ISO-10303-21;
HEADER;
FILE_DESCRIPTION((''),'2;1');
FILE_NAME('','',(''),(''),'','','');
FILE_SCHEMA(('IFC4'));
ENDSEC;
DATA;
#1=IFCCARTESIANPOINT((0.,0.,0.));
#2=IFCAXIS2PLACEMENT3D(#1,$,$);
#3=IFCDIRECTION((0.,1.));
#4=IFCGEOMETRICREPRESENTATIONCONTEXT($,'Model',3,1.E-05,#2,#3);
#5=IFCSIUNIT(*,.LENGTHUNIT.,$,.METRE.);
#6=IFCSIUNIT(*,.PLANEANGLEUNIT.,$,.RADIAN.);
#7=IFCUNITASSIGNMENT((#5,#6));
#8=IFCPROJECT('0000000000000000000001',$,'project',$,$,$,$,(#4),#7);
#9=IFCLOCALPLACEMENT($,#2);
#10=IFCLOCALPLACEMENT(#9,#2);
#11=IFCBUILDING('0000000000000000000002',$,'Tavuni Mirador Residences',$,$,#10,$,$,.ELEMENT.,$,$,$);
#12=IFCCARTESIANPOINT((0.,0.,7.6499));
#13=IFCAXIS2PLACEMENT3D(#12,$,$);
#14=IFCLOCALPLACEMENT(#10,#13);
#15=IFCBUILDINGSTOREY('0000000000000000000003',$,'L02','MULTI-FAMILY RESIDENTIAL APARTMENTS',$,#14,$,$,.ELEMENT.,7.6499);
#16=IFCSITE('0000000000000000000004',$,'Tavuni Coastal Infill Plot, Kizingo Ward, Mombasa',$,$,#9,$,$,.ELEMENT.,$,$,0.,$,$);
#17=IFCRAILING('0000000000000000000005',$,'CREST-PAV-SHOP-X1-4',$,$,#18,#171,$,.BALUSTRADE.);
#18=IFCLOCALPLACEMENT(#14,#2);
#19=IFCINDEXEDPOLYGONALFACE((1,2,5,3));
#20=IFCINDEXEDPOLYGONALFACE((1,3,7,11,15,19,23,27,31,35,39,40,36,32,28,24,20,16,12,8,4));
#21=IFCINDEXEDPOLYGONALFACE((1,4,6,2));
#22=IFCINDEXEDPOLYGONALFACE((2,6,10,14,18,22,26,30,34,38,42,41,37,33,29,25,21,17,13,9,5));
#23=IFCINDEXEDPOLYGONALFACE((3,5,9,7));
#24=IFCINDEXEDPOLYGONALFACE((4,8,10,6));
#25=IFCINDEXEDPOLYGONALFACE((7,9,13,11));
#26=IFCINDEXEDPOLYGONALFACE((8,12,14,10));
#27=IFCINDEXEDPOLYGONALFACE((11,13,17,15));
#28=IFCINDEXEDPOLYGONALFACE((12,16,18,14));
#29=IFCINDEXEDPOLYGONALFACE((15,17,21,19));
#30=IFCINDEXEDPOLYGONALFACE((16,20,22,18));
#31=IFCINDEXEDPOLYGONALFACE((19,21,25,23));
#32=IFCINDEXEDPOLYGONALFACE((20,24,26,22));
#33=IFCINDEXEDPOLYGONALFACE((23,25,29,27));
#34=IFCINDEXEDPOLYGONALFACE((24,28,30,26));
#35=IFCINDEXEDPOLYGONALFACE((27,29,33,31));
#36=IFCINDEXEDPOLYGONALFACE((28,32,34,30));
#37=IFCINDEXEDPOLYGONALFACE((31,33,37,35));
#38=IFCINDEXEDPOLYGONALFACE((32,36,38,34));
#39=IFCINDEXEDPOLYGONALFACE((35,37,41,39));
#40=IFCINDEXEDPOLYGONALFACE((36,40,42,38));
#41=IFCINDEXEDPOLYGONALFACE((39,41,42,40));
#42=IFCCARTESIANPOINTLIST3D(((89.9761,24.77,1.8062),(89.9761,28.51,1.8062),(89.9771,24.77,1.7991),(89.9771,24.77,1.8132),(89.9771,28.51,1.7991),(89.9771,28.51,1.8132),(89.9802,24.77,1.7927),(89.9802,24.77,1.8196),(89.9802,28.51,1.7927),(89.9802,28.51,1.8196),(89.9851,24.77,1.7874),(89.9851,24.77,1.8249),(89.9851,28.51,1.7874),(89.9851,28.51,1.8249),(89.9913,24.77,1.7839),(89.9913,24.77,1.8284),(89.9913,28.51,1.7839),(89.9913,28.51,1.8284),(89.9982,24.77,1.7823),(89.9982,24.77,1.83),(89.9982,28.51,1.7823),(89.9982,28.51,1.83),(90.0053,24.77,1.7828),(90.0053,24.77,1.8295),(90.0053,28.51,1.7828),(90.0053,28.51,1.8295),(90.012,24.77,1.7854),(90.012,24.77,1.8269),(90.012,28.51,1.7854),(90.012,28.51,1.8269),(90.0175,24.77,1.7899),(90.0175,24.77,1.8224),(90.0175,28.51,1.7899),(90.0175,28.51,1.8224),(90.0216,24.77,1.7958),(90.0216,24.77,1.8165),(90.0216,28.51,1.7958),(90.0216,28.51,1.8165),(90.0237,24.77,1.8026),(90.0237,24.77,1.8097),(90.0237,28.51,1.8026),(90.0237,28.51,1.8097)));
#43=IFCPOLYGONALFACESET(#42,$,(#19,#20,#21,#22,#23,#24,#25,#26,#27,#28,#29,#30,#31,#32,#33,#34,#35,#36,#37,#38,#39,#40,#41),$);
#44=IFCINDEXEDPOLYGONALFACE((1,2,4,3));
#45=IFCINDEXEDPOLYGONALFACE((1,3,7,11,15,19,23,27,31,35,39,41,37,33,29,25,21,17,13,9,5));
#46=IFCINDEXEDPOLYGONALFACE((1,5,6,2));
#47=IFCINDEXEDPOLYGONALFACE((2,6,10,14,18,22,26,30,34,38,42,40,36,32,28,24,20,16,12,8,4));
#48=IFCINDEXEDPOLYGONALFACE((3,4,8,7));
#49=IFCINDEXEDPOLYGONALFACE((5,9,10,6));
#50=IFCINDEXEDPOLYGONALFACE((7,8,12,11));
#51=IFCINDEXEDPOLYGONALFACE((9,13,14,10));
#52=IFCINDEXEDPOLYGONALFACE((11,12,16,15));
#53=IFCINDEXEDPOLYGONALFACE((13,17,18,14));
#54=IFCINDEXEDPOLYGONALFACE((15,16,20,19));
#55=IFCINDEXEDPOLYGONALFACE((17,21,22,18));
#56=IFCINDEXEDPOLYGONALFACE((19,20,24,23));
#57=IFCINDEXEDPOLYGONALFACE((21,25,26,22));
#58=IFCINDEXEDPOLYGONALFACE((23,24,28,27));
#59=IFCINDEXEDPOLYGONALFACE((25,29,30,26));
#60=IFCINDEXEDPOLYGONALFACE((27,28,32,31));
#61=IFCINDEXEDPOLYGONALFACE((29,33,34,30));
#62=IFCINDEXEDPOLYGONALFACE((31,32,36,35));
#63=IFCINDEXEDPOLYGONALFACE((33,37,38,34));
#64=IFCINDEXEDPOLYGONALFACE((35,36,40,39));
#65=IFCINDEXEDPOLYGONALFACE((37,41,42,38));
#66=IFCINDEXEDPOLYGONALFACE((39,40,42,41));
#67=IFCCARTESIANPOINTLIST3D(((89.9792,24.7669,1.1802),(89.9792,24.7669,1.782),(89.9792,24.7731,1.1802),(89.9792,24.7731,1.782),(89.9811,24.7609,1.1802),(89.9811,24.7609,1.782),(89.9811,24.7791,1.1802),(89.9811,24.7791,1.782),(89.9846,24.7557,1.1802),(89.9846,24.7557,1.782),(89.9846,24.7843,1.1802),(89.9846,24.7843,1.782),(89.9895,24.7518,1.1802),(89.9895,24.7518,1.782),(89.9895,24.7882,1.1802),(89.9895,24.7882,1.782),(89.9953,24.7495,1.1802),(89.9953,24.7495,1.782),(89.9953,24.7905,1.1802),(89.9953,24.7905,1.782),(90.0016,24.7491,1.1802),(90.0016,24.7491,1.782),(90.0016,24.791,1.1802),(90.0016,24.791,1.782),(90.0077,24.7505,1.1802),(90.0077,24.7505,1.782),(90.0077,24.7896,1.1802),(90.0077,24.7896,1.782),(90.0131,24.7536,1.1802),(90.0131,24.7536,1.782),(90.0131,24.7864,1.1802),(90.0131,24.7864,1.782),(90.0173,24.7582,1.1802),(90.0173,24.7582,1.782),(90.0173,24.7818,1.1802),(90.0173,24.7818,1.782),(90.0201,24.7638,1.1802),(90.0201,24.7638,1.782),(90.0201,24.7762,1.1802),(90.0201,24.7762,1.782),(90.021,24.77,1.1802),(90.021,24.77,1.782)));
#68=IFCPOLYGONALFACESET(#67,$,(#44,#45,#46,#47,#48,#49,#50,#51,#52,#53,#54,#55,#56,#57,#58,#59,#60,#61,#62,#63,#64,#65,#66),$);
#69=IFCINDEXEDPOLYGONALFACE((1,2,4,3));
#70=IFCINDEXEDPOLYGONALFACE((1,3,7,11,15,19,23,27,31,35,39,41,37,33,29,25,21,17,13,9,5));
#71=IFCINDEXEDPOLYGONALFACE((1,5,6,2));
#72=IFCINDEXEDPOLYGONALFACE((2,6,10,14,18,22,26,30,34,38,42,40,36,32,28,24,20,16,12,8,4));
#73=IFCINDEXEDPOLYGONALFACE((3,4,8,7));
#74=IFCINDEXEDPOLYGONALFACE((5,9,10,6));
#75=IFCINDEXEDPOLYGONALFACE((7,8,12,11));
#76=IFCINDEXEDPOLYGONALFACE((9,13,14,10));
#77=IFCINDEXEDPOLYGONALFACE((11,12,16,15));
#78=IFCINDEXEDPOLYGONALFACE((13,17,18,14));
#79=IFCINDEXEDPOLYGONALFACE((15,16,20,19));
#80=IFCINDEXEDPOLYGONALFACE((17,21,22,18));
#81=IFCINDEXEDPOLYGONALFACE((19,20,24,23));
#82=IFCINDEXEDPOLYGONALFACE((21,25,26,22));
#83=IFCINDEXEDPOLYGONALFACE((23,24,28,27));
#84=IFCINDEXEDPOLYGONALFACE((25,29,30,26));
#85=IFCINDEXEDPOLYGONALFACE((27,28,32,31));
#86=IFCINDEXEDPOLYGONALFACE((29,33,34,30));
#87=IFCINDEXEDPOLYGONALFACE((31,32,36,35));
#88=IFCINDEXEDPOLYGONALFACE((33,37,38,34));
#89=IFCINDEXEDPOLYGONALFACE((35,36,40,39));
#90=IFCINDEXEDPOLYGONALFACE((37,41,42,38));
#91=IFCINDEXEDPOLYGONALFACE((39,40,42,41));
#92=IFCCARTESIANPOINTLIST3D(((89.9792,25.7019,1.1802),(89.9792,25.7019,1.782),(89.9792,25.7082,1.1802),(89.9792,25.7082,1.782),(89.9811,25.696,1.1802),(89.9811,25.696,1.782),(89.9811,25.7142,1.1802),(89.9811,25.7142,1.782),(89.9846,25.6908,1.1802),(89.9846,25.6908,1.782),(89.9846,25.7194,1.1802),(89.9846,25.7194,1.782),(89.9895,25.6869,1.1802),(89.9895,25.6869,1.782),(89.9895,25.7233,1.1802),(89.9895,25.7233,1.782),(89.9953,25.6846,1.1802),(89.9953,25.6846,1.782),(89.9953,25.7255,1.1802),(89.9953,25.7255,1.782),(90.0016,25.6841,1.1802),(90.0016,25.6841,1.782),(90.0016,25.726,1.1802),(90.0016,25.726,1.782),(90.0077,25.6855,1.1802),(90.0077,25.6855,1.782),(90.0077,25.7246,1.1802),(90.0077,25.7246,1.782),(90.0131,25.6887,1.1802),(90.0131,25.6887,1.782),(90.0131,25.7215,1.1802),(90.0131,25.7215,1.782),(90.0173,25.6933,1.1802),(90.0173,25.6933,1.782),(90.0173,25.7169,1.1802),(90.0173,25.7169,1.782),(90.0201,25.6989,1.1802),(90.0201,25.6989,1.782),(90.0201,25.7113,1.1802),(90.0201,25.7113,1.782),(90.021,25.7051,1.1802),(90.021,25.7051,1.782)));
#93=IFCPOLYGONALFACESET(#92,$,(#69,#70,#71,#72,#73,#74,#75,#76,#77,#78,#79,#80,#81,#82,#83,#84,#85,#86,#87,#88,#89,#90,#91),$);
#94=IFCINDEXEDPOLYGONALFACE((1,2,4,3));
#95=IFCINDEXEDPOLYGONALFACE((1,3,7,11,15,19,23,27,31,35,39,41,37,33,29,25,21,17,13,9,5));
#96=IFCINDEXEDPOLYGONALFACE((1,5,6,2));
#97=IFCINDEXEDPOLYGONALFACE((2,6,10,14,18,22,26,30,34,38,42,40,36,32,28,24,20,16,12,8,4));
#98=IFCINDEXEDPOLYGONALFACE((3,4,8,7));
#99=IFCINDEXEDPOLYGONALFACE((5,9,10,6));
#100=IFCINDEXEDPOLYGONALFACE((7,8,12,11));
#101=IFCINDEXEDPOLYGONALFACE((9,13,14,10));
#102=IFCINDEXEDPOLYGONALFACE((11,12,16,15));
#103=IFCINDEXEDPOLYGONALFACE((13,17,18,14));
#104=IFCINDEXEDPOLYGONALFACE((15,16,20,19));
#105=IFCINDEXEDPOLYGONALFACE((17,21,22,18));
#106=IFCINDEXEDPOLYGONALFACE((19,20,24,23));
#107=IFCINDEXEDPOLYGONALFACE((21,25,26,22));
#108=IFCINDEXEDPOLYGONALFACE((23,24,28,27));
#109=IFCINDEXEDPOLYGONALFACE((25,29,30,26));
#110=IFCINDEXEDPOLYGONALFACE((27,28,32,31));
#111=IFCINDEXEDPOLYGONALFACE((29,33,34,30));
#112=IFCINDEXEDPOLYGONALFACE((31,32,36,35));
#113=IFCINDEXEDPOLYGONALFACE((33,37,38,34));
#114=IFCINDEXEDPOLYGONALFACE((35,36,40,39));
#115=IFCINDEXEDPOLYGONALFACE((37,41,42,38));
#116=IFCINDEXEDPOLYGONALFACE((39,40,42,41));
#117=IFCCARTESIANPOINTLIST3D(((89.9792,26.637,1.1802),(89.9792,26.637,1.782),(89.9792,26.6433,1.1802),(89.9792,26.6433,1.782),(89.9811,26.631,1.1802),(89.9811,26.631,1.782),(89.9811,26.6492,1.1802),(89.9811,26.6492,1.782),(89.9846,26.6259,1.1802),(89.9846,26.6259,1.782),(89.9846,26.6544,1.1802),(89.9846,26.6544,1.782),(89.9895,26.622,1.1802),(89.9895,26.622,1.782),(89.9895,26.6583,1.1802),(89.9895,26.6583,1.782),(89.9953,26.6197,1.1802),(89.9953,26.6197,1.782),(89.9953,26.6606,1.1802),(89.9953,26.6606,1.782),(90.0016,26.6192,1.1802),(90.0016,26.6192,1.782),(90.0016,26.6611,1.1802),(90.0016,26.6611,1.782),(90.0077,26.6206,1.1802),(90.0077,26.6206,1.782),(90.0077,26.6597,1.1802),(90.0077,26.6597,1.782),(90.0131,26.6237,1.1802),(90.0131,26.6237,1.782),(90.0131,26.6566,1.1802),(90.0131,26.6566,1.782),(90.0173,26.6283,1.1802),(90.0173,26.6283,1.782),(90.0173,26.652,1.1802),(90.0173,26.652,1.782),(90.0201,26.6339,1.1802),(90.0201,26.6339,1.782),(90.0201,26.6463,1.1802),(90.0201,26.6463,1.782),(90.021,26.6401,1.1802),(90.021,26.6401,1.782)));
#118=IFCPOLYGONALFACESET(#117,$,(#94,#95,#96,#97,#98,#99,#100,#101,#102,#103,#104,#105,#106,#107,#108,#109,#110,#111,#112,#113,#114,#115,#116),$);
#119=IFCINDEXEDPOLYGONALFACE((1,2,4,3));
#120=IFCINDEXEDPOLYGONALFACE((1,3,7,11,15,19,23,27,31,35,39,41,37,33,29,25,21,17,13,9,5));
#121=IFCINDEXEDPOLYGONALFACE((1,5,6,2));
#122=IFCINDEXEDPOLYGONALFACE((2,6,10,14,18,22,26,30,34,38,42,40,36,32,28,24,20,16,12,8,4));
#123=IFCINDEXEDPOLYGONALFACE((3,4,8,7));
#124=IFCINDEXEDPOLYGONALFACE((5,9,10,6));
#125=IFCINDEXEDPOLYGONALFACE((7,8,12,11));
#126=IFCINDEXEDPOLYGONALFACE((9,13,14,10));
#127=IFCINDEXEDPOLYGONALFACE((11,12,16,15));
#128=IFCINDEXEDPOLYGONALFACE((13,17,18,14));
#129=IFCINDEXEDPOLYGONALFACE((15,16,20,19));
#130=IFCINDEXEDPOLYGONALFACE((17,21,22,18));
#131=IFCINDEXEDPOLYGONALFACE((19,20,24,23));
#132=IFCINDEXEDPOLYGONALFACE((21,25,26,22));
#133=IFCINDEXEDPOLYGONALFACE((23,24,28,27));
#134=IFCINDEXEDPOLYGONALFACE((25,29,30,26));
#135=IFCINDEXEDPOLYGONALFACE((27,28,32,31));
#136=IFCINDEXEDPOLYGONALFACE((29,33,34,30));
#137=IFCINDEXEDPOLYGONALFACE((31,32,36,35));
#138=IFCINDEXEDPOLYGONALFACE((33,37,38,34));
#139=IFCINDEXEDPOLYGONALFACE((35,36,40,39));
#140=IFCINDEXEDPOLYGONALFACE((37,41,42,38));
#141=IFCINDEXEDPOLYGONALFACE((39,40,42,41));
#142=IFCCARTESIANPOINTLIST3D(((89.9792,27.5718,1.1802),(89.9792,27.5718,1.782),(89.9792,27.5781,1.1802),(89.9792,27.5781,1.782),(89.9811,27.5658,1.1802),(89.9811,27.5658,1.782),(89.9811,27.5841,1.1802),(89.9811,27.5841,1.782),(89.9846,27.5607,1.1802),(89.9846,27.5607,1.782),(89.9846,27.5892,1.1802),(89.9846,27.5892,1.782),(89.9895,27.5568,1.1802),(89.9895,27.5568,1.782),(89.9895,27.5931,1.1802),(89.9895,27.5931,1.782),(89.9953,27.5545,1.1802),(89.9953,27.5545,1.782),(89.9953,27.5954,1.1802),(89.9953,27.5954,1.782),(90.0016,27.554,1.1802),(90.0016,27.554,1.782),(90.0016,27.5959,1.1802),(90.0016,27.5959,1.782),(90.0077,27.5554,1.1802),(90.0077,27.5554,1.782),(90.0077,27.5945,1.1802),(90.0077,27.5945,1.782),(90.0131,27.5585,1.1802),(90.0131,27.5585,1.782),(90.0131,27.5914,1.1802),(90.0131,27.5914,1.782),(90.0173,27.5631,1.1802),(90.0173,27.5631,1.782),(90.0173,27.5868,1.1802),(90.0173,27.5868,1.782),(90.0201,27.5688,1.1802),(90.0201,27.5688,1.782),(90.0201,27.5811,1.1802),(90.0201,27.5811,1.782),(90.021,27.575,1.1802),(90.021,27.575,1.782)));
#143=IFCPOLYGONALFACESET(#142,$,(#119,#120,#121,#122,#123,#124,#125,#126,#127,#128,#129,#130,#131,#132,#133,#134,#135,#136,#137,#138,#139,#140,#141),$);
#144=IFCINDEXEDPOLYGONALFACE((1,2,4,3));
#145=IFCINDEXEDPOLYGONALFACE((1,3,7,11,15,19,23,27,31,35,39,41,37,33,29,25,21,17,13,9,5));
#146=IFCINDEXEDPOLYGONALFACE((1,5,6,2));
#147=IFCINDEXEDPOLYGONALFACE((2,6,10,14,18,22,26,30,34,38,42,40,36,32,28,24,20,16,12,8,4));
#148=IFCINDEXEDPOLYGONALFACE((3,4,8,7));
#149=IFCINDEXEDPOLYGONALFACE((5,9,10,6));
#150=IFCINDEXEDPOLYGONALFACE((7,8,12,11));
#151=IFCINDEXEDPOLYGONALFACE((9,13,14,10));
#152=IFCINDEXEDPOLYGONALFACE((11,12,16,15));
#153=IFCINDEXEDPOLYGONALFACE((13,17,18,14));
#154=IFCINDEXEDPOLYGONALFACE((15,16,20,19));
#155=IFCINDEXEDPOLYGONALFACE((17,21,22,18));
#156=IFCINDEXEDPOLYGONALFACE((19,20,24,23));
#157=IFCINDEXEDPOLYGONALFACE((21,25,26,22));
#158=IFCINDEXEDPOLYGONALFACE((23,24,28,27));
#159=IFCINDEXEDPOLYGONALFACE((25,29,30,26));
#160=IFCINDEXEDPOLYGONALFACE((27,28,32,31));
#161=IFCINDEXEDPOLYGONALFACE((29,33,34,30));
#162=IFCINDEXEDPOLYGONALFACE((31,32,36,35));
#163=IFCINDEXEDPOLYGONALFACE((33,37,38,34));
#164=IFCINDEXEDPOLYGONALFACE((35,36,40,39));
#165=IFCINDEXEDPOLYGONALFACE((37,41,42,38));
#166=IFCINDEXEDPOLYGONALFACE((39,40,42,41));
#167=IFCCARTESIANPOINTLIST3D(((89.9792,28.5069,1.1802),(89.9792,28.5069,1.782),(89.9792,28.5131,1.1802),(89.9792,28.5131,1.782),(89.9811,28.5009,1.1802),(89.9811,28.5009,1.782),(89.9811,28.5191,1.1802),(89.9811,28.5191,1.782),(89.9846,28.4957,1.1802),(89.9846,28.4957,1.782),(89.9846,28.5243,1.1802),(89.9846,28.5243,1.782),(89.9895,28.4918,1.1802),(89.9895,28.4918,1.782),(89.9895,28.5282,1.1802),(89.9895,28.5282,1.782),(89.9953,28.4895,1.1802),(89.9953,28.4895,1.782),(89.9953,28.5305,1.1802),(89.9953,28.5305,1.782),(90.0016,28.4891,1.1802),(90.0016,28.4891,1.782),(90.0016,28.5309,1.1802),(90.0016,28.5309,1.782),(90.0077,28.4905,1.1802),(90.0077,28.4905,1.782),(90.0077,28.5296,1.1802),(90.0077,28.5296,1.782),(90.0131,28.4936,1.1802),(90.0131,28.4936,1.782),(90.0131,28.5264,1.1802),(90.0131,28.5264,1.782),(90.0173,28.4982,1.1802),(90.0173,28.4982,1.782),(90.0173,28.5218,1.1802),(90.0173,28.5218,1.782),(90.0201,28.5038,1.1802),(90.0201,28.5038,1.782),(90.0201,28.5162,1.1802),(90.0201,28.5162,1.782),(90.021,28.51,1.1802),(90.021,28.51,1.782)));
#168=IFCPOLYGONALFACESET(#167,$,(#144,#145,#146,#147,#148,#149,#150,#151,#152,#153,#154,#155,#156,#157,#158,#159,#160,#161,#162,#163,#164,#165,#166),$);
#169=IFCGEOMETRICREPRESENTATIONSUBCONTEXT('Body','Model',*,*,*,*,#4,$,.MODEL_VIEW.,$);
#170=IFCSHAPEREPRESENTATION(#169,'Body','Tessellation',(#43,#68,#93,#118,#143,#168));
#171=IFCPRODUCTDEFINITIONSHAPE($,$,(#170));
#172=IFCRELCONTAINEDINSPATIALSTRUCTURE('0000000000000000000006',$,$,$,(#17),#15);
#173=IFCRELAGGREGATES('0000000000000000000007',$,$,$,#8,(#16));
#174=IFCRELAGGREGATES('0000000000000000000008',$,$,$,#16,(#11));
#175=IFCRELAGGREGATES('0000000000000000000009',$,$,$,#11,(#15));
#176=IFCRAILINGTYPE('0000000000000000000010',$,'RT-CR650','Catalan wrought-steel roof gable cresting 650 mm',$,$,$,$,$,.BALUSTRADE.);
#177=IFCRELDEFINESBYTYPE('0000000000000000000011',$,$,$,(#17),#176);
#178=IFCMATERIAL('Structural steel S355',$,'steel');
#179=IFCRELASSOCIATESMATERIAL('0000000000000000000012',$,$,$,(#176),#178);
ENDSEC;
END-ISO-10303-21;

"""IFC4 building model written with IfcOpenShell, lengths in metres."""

from ifc_helpers import new_model, si_unit, direction, frame, origin, origin_2d, place, context, subcontext, project, spatial, circle, extrude, material, type_object, element, save


model = new_model("IFC4")

# Units and contexts
model_context = context("Model", 3, precision=1e-05, world=origin(), true_north=direction((0.0, 1.0)))
body_context = subcontext(model_context, "Body", "Model", "MODEL_VIEW")
ifc_project = project(units=[si_unit("LENGTHUNIT", "METRE"), si_unit("PLANEANGLEUNIT", "RADIAN")], contexts=[model_context])

# Site, building, storey
site_placement = place(None, origin())
site = spatial("IfcSite", under=ifc_project, at=site_placement, Name="Tavuni Coastal Infill Plot, Kizingo Ward, Mombasa", CompositionType="ELEMENT", RefElevation=0.0)
building_placement = place(site_placement, origin())
building = spatial("IfcBuilding", under=site, at=building_placement, Name="Tavuni Mirador Residences", CompositionType="ELEMENT")
storey_placement = place(building_placement, frame((0.0, 0.0, 7.6499)))
storey = spatial("IfcBuildingStorey", under=building, at=storey_placement, Name="L02", Description="MULTI-FAMILY RESIDENTIAL APARTMENTS", CompositionType="ELEMENT", Elevation=7.6499)

# Shared definitions
ifc_material_1 = material(Name="Structural steel S355", Category="steel")

# Railing
railing_type = type_object("IfcRailingType", Name="RT-CR650", Description="Catalan wrought-steel roof gable cresting 650 mm", PredefinedType="BALUSTRADE", material=ifc_material_1)
railing_1_placement = place(storey_placement, frame((90.0, 24.77, 1.1802)))
element("IfcRailing", 1, at=railing_1_placement, inside=storey, type_object=railing_type, Name="CREST-PAV-SHOP-X1-4", PredefinedType="BALUSTRADE", context=body_context, shape_type="SweptSolid", body=[
    extrude(circle(Radius=0.0239, at=origin_2d()), frame((0.0, 0.0, 0.626), z_axis=(0.0, 1.0, 0.0), x_axis=(-1.0, 0.0, 0.0)), (0.0, 0.0, 1.0), 3.74),
    extrude(circle(Radius=0.021, at=origin_2d()), origin(), (0.0, 0.0, 1.0), 0.6018),
    extrude(circle(Radius=0.021, at=origin_2d()), frame((0.0, 0.9351, 0.0)), (0.0, 0.0, 1.0), 0.6018),
    extrude(circle(Radius=0.021, at=origin_2d()), frame((0.0, 1.8701, 0.0)), (0.0, 0.0, 1.0), 0.6018),
    extrude(circle(Radius=0.021, at=origin_2d()), frame((0.0, 2.8049, 0.0)), (0.0, 0.0, 1.0), 0.6018),
    extrude(circle(Radius=0.021, at=origin_2d()), frame((0.0, 3.74, 0.0)), (0.0, 0.0, 1.0), 0.6018),
])

save(model, "model.ifc")
